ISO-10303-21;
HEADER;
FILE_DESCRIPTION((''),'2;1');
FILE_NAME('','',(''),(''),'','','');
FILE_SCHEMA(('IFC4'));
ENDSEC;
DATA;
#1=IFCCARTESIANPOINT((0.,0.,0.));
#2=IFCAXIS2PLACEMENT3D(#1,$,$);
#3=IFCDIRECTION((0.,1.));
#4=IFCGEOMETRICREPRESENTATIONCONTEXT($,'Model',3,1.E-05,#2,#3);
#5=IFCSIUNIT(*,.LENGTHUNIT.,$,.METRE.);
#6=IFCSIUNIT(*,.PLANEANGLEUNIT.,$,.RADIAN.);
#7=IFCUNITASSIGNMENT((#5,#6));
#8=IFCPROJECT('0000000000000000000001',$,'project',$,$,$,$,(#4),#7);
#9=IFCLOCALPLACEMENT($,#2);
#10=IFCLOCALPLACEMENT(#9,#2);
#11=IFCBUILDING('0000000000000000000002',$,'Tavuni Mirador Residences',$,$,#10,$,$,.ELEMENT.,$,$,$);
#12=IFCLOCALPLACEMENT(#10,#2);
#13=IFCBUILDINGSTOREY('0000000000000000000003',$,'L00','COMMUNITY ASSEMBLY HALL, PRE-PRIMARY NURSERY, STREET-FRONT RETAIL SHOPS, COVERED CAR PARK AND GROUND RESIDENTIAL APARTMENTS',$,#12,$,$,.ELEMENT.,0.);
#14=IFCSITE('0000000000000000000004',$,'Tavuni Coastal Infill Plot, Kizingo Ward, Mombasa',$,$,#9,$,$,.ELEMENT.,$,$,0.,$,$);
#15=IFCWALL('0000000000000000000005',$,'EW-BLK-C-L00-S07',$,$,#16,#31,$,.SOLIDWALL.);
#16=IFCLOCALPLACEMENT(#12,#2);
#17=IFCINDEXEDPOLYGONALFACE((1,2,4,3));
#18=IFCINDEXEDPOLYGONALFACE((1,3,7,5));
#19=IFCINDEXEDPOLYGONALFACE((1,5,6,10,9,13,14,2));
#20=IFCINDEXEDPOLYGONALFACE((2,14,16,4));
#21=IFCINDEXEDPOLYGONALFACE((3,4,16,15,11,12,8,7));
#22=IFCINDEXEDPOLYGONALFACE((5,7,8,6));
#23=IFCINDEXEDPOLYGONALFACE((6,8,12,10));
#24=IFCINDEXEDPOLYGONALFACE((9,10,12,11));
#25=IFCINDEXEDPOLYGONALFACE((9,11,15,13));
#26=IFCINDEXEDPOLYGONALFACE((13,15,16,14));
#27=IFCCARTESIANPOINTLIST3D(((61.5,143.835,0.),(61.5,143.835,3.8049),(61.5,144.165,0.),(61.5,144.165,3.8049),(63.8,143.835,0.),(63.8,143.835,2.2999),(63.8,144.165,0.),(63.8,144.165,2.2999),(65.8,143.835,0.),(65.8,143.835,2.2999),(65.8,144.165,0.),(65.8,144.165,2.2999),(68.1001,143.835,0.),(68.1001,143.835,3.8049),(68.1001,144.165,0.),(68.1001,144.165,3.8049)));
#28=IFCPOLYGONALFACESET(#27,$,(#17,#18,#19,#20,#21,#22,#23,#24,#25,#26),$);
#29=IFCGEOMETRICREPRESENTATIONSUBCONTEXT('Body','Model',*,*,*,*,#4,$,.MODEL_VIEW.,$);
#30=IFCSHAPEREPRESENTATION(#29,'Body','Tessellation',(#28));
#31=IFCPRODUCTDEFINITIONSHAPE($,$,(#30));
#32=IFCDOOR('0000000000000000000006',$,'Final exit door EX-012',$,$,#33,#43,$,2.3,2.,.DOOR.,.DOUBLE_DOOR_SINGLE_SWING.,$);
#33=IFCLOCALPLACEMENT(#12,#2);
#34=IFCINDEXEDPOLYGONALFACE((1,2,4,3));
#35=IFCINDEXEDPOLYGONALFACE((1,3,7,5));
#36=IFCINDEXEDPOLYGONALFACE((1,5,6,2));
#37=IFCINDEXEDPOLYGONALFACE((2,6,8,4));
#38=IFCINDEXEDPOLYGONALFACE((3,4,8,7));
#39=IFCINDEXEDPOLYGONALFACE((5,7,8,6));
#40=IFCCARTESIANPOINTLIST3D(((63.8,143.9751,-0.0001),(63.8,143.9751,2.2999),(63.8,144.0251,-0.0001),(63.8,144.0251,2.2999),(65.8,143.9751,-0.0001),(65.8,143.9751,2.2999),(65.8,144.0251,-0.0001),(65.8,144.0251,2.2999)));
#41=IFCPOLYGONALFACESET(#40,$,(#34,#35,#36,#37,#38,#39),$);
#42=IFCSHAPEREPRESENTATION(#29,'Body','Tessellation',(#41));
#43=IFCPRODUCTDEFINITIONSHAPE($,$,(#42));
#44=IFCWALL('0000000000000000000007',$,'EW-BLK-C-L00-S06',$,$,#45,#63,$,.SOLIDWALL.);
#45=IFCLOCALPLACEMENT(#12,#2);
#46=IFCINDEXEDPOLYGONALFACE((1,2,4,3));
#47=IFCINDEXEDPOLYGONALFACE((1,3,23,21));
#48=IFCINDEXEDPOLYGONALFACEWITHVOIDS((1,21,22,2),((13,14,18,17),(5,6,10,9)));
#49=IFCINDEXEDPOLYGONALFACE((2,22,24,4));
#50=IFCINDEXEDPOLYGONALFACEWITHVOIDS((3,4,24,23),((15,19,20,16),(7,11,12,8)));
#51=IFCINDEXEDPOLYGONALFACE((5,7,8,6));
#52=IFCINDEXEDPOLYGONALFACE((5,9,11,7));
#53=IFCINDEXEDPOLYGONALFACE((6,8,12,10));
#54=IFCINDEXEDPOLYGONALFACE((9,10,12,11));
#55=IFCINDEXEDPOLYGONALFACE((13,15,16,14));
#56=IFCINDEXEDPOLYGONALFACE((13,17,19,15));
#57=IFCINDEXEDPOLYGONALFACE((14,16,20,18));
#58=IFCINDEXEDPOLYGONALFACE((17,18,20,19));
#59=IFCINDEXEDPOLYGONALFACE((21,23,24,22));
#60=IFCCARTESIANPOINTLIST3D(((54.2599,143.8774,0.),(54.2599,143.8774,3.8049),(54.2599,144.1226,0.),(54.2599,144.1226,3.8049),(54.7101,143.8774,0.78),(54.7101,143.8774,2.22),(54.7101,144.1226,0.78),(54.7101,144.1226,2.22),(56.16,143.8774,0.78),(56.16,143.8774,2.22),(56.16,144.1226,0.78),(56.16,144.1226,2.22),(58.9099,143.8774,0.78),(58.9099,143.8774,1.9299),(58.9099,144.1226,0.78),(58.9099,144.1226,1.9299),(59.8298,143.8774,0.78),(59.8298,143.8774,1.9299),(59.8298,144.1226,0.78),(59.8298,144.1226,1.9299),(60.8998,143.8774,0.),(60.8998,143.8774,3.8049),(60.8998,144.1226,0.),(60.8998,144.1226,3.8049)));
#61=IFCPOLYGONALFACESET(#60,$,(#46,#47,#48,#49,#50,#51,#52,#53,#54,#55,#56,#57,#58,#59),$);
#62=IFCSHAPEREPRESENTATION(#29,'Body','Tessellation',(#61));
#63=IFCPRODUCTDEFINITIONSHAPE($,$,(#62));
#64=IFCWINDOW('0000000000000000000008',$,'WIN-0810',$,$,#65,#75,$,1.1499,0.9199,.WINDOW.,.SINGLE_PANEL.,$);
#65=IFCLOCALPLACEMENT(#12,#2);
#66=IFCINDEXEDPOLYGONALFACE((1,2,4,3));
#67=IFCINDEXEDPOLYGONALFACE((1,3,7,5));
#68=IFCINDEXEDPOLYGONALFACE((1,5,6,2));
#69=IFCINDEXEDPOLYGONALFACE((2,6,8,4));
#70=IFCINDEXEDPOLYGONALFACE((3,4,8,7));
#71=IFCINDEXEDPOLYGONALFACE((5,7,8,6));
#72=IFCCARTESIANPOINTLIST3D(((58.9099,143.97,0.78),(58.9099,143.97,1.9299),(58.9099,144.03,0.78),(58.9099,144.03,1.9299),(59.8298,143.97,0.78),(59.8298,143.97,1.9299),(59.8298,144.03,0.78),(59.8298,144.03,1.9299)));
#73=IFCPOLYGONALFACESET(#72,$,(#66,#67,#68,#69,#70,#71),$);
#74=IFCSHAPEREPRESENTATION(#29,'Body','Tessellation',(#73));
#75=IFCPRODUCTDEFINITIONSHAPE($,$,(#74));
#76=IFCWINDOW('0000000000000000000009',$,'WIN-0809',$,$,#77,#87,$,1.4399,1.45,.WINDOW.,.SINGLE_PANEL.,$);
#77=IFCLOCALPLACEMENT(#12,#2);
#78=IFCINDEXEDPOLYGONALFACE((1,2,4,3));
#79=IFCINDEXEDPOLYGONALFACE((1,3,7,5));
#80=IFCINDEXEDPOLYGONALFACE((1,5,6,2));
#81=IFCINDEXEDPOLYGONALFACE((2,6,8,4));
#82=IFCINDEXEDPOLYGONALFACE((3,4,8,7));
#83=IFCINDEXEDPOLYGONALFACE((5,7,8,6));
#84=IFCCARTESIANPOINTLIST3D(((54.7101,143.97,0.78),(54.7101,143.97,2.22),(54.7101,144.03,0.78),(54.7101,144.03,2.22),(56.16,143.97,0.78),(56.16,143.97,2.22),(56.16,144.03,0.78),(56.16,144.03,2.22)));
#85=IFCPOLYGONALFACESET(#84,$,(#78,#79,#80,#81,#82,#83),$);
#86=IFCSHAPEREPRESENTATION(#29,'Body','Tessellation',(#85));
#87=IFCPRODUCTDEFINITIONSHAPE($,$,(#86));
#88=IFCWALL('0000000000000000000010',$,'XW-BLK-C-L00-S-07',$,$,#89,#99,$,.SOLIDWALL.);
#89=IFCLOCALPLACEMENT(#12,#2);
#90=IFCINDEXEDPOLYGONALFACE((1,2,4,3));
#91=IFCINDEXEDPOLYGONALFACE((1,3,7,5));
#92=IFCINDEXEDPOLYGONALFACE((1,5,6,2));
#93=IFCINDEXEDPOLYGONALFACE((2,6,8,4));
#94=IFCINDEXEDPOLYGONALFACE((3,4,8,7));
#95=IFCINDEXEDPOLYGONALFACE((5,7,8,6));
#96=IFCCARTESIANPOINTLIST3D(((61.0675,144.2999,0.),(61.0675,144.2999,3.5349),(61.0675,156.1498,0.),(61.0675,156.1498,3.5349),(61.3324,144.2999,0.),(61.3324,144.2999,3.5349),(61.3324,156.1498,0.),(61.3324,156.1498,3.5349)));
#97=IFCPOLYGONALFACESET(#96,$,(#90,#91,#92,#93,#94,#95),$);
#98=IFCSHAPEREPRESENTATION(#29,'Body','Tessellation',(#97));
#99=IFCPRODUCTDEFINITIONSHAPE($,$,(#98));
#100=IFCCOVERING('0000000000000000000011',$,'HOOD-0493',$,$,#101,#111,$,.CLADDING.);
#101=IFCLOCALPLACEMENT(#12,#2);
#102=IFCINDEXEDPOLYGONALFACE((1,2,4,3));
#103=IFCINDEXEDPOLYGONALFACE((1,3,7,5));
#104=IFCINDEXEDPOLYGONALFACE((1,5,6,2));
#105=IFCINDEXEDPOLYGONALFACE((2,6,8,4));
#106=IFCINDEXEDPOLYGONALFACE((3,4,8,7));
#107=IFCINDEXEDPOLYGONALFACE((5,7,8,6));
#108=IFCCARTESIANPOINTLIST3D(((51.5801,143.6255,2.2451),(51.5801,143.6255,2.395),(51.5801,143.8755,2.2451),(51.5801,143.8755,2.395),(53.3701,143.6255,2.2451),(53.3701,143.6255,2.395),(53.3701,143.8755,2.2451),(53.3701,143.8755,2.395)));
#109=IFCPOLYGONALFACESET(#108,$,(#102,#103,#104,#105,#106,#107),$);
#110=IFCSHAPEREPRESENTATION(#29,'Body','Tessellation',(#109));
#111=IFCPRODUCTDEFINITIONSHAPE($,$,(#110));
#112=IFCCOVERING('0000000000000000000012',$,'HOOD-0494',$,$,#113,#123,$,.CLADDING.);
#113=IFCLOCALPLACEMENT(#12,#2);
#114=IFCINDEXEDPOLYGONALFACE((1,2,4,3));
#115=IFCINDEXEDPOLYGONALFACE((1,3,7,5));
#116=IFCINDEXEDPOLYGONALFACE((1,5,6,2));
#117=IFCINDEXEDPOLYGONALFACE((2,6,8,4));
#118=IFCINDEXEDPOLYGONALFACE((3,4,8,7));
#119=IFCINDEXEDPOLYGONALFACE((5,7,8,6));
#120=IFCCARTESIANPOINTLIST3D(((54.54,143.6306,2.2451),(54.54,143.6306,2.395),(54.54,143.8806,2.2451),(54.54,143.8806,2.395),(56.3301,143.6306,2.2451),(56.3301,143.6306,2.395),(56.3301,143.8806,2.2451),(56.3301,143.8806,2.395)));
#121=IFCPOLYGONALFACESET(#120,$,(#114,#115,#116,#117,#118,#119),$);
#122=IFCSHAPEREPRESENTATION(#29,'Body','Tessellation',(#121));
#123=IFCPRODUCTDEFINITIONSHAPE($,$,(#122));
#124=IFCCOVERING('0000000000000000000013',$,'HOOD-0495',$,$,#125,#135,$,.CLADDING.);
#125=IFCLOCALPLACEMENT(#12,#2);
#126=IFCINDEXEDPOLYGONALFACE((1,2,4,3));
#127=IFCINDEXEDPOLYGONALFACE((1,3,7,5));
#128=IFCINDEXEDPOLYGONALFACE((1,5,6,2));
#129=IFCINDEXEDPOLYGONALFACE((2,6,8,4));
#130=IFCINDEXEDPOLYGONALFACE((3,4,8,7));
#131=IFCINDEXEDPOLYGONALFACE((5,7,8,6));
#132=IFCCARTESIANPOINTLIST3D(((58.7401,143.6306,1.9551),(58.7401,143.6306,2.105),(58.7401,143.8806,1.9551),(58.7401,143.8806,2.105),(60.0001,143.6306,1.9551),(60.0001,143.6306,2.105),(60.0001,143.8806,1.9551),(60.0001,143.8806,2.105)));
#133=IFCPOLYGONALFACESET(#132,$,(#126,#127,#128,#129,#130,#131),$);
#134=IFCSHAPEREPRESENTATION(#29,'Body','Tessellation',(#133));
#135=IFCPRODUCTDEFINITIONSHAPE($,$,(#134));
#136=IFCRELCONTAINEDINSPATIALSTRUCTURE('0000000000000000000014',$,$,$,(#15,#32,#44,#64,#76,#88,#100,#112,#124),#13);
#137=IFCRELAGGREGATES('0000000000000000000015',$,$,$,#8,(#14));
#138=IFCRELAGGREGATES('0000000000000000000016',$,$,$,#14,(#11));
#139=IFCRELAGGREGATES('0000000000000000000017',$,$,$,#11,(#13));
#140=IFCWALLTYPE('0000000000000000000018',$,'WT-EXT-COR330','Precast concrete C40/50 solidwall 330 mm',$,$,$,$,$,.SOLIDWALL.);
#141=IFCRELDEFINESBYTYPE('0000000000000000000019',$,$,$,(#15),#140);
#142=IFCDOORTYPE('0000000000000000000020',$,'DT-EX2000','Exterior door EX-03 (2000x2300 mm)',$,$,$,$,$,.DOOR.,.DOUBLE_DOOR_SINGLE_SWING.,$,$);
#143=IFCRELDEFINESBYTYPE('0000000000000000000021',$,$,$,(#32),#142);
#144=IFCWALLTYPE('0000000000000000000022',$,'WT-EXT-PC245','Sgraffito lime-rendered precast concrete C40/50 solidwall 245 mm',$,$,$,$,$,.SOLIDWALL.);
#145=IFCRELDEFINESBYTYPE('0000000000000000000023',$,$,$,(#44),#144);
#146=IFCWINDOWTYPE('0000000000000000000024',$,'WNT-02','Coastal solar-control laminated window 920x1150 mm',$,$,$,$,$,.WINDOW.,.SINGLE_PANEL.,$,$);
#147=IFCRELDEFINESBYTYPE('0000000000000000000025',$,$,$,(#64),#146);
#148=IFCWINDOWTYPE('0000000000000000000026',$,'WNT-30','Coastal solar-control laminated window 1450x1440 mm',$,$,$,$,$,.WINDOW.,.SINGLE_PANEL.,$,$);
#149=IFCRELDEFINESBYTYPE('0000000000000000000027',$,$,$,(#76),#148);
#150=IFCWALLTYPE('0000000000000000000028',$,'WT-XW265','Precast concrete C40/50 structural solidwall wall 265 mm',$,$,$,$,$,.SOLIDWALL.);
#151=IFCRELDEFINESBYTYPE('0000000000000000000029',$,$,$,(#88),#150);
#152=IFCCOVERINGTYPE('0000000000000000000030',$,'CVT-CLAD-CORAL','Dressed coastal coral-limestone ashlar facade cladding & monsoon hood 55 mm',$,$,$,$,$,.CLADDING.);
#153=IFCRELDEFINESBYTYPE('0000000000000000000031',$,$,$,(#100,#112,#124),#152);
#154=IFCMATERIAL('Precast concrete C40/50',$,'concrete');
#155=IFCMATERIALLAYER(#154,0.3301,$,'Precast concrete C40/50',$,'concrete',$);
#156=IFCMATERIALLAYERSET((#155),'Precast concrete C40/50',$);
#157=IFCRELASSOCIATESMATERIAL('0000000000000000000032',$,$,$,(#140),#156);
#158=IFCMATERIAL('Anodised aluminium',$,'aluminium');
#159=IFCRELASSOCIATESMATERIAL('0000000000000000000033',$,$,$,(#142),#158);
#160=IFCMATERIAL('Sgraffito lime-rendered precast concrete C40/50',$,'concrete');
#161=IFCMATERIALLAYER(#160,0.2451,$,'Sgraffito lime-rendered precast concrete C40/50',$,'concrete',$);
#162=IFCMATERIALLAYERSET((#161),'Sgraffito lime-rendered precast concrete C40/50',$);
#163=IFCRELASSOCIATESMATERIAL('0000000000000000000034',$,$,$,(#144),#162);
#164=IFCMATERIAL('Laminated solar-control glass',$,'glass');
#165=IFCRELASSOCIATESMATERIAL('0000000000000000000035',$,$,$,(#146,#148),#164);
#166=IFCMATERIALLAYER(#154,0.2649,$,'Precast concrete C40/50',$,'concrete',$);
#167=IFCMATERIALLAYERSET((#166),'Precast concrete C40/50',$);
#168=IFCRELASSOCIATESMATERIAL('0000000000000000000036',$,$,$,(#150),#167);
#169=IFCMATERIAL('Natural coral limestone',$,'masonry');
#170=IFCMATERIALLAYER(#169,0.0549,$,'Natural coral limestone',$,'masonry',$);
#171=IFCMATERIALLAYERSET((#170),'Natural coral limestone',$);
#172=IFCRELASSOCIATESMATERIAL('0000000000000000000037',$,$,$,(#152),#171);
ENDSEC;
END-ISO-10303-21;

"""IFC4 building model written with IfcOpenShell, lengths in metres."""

from ifc_helpers import new_model, si_unit, direction, frame, frame_2d, origin, origin_2d, place, context, subcontext, project, spatial, rectangle, extrude, material, layer, layer_set, type_object, element, fill, save


model = new_model("IFC4")

# Units and contexts
model_context = context("Model", 3, precision=1e-05, world=origin(), true_north=direction((0.0, 1.0)))
body_context = subcontext(model_context, "Body", "Model", "MODEL_VIEW")
ifc_project = project(units=[si_unit("LENGTHUNIT", "METRE"), si_unit("PLANEANGLEUNIT", "RADIAN")], contexts=[model_context])

# Site, building, storey
site_placement = place(None, origin())
site = spatial("IfcSite", under=ifc_project, at=site_placement, Name="Tavuni Coastal Infill Plot, Kizingo Ward, Mombasa", CompositionType="ELEMENT", RefElevation=0.0)
building_placement = place(site_placement, origin())
building = spatial("IfcBuilding", under=site, at=building_placement, Name="Tavuni Mirador Residences", CompositionType="ELEMENT")
storey_placement = place(building_placement, origin())
storey = spatial("IfcBuildingStorey", under=building, at=storey_placement, Name="L00", Description="COMMUNITY ASSEMBLY HALL, PRE-PRIMARY NURSERY, STREET-FRONT RETAIL SHOPS, COVERED CAR PARK AND GROUND RESIDENTIAL APARTMENTS", CompositionType="ELEMENT", Elevation=0.0)

# Shared definitions
ifc_material_1 = material(Name="Precast concrete C40/50", Category="concrete")

# Wall, opening, door
ifc_layer_1 = layer(ifc_material_1, 0.3301, Name="Precast concrete C40/50", Category="concrete")
ifc_layer_set_1 = layer_set([ifc_layer_1], Name="Precast concrete C40/50")
wall_type_1 = type_object("IfcWallType", Name="WT-EXT-COR330", Description="Precast concrete C40/50 solidwall 330 mm", PredefinedType="SOLIDWALL", material=ifc_layer_set_1)
wall_1_placement = place(storey_placement, frame((61.5, 144.0, 0.0), z_axis=(0.0, 0.0, 1.0), x_axis=(1.0, 0.0, 0.0)))
wall_1 = element("IfcWall", 1, at=wall_1_placement, inside=storey, type_object=wall_type_1, Name="EW-BLK-C-L00-S07", PredefinedType="SOLIDWALL", context=body_context, shape_type="SweptSolid", body=[
    extrude(rectangle(XDim=6.6001, YDim=0.3301, at=frame_2d((3.3, 0.0))), origin(), (0.0, 0.0, 1.0), 3.8049),
])
opening_1_placement = place(wall_1_placement, frame((2.3, 0.0, 0.0)))
opening_1 = element("IfcOpeningElement", 2, at=opening_1_placement, cuts=wall_1, PredefinedType="OPENING", context=body_context, shape_type="SweptSolid", body=[
    extrude(rectangle(XDim=2.0, YDim=2.3, at=frame_2d((1.0, 1.1499))), frame((0.0, 0.175, 0.0), z_axis=(0.0, -1.0, 0.0), x_axis=(1.0, 0.0, 0.0)), (0.0, 0.0, 1.0), 0.3501),
])
ifc_material_2 = material(Name="Anodised aluminium", Category="aluminium")
door_type = type_object("IfcDoorType", Name="DT-EX2000", Description="Exterior door EX-03 (2000x2300 mm)", OperationType="DOUBLE_DOOR_SINGLE_SWING", PredefinedType="DOOR", material=ifc_material_2)
door_placement = place(opening_1_placement, frame((2.0, 0.0, 0.0), z_axis=(0.0, 0.0, 1.0), x_axis=(-1.0, 0.0, 0.0)))
door = element("IfcDoor", 3, at=door_placement, inside=storey, type_object=door_type, Name="Final exit door EX-012", OperationType="DOUBLE_DOOR_SINGLE_SWING", OverallHeight=2.3, OverallWidth=2.0, PredefinedType="DOOR", context=body_context, shape_type="SweptSolid", body=[
    extrude(rectangle(XDim=2.0, YDim=2.3, at=frame_2d((1.0, 1.1499))), frame((0.0, 0.0249, 0.0), z_axis=(0.0, -1.0, 0.0), x_axis=(1.0, 0.0, 0.0)), (0.0, 0.0, 1.0), 0.05),
])
fill(opening_1, door)

# Wall, openings, windows
ifc_material_3 = material(Name="Sgraffito lime-rendered precast concrete C40/50", Category="concrete")
ifc_layer_2 = layer(ifc_material_3, 0.2451, Name="Sgraffito lime-rendered precast concrete C40/50", Category="concrete")
ifc_layer_set_2 = layer_set([ifc_layer_2], Name="Sgraffito lime-rendered precast concrete C40/50")
wall_type_2 = type_object("IfcWallType", Name="WT-EXT-PC245", Description="Sgraffito lime-rendered precast concrete C40/50 solidwall 245 mm", PredefinedType="SOLIDWALL", material=ifc_layer_set_2)
wall_2_placement = place(storey_placement, frame((54.26, 144.0, 0.0), z_axis=(0.0, 0.0, 1.0), x_axis=(1.0, 0.0, 0.0)))
wall_2 = element("IfcWall", 4, at=wall_2_placement, inside=storey, type_object=wall_type_2, Name="EW-BLK-C-L00-S06", PredefinedType="SOLIDWALL", context=body_context, shape_type="SweptSolid", body=[
    extrude(rectangle(XDim=6.6399, YDim=0.2451, at=frame_2d((3.3198, 0.0))), origin(), (0.0, 0.0, 1.0), 3.8049),
])
opening_2_placement = place(wall_2_placement, frame((0.45, 0.0, 0.78)))
opening_2 = element("IfcOpeningElement", 5, at=opening_2_placement, cuts=wall_2, PredefinedType="OPENING", context=body_context, shape_type="SweptSolid", body=[
    extrude(rectangle(XDim=1.45, YDim=1.4399, at=frame_2d((0.7251, 0.72))), frame((0.0, 0.1326, 0.0), z_axis=(0.0, -1.0, 0.0), x_axis=(1.0, 0.0, 0.0)), (0.0, 0.0, 1.0), 0.2651),
])
opening_3_placement = place(wall_2_placement, frame((4.6499, 0.0, 0.78)))
opening_3 = element("IfcOpeningElement", 6, at=opening_3_placement, cuts=wall_2, PredefinedType="OPENING", context=body_context, shape_type="SweptSolid", body=[
    extrude(rectangle(XDim=0.9199, YDim=1.1499, at=frame_2d((0.46, 0.575))), frame((0.0, 0.1326, 0.0), z_axis=(0.0, -1.0, 0.0), x_axis=(1.0, 0.0, 0.0)), (0.0, 0.0, 1.0), 0.2651),
])
ifc_material_4 = material(Name="Laminated solar-control glass", Category="glass")
window_type_1 = type_object("IfcWindowType", Name="WNT-02", Description="Coastal solar-control laminated window 920x1150 mm", PartitioningType="SINGLE_PANEL", PredefinedType="WINDOW", material=ifc_material_4)
window_1_placement = place(opening_3_placement, origin())
window_1 = element("IfcWindow", 7, at=window_1_placement, inside=storey, type_object=window_type_1, Name="WIN-0810", OverallHeight=1.1499, OverallWidth=0.9199, PartitioningType="SINGLE_PANEL", PredefinedType="WINDOW", context=body_context, shape_type="SweptSolid", body=[
    extrude(rectangle(XDim=0.9199, YDim=1.1499, at=frame_2d((0.46, 0.575))), frame((0.0, 0.03, 0.0), z_axis=(0.0, -1.0, 0.0), x_axis=(1.0, 0.0, 0.0)), (0.0, 0.0, 1.0), 0.0601),
])
fill(opening_3, window_1)
window_type_2 = type_object("IfcWindowType", Name="WNT-30", Description="Coastal solar-control laminated window 1450x1440 mm", PartitioningType="SINGLE_PANEL", PredefinedType="WINDOW", material=ifc_material_4)
window_2_placement = place(opening_2_placement, origin())
window_2 = element("IfcWindow", 8, at=window_2_placement, inside=storey, type_object=window_type_2, Name="WIN-0809", OverallHeight=1.4399, OverallWidth=1.45, PartitioningType="SINGLE_PANEL", PredefinedType="WINDOW", context=body_context, shape_type="SweptSolid", body=[
    extrude(rectangle(XDim=1.45, YDim=1.4399, at=frame_2d((0.7251, 0.72))), frame((0.0, 0.03, 0.0), z_axis=(0.0, -1.0, 0.0), x_axis=(1.0, 0.0, 0.0)), (0.0, 0.0, 1.0), 0.0601),
])
fill(opening_2, window_2)

# Wall
ifc_layer_3 = layer(ifc_material_1, 0.2649, Name="Precast concrete C40/50", Category="concrete")
ifc_layer_set_3 = layer_set([ifc_layer_3], Name="Precast concrete C40/50")
wall_type_3 = type_object("IfcWallType", Name="WT-XW265", Description="Precast concrete C40/50 structural solidwall wall 265 mm", PredefinedType="SOLIDWALL", material=ifc_layer_set_3)
wall_3_placement = place(storey_placement, frame((61.2, 144.3, 0.0), z_axis=(0.0, 0.0, 1.0), x_axis=(0.0, 1.0, 0.0)))
element("IfcWall", 9, at=wall_3_placement, inside=storey, type_object=wall_type_3, Name="XW-BLK-C-L00-S-07", PredefinedType="SOLIDWALL", context=body_context, shape_type="SweptSolid", body=[
    extrude(rectangle(XDim=11.8499, YDim=0.2649, at=frame_2d((5.9248, 0.0))), origin(), (0.0, 0.0, 1.0), 3.5349),
])

# Coverings
ifc_material_5 = material(Name="Natural coral limestone", Category="masonry")
ifc_layer_4 = layer(ifc_material_5, 0.0549, Name="Natural coral limestone", Category="masonry")
ifc_layer_set_4 = layer_set([ifc_layer_4], Name="Natural coral limestone")
covering_type = type_object("IfcCoveringType", Name="CVT-CLAD-CORAL", Description="Dressed coastal coral-limestone ashlar facade cladding & monsoon hood 55 mm", PredefinedType="CLADDING", material=ifc_layer_set_4)
for number, where, z_axis, x_axis, name in (
    (10, (52.4751, 143.7505, 2.2451), (0.0, 0.0, 1.0), (1.0, 0.0, 0.0), "HOOD-0493"),
    (11, (55.4351, 143.7556, 2.2451), (0.0, 0.0, 1.0), (1.0, 0.0, 0.0), "HOOD-0494"),
):
    element("IfcCovering", number, at=place(storey_placement, frame(where, z_axis=z_axis, x_axis=x_axis)), inside=storey, type_object=covering_type, Name=name, PredefinedType="CLADDING", context=body_context, shape_type="SweptSolid", body=[
        extrude(rectangle(XDim=1.79, YDim=0.25, at=origin_2d()), origin(), (0.0, 0.0, 1.0), 0.1499),
    ])
covering_placement = place(storey_placement, frame((59.3701, 143.7556, 1.9551), z_axis=(0.0, 0.0, 1.0), x_axis=(1.0, 0.0, 0.0)))
element("IfcCovering", 12, at=covering_placement, inside=storey, type_object=covering_type, Name="HOOD-0495", PredefinedType="CLADDING", context=body_context, shape_type="SweptSolid", body=[
    extrude(rectangle(XDim=1.26, YDim=0.25, at=origin_2d()), origin(), (0.0, 0.0, 1.0), 0.1499),
])

save(model, "model.ifc")
